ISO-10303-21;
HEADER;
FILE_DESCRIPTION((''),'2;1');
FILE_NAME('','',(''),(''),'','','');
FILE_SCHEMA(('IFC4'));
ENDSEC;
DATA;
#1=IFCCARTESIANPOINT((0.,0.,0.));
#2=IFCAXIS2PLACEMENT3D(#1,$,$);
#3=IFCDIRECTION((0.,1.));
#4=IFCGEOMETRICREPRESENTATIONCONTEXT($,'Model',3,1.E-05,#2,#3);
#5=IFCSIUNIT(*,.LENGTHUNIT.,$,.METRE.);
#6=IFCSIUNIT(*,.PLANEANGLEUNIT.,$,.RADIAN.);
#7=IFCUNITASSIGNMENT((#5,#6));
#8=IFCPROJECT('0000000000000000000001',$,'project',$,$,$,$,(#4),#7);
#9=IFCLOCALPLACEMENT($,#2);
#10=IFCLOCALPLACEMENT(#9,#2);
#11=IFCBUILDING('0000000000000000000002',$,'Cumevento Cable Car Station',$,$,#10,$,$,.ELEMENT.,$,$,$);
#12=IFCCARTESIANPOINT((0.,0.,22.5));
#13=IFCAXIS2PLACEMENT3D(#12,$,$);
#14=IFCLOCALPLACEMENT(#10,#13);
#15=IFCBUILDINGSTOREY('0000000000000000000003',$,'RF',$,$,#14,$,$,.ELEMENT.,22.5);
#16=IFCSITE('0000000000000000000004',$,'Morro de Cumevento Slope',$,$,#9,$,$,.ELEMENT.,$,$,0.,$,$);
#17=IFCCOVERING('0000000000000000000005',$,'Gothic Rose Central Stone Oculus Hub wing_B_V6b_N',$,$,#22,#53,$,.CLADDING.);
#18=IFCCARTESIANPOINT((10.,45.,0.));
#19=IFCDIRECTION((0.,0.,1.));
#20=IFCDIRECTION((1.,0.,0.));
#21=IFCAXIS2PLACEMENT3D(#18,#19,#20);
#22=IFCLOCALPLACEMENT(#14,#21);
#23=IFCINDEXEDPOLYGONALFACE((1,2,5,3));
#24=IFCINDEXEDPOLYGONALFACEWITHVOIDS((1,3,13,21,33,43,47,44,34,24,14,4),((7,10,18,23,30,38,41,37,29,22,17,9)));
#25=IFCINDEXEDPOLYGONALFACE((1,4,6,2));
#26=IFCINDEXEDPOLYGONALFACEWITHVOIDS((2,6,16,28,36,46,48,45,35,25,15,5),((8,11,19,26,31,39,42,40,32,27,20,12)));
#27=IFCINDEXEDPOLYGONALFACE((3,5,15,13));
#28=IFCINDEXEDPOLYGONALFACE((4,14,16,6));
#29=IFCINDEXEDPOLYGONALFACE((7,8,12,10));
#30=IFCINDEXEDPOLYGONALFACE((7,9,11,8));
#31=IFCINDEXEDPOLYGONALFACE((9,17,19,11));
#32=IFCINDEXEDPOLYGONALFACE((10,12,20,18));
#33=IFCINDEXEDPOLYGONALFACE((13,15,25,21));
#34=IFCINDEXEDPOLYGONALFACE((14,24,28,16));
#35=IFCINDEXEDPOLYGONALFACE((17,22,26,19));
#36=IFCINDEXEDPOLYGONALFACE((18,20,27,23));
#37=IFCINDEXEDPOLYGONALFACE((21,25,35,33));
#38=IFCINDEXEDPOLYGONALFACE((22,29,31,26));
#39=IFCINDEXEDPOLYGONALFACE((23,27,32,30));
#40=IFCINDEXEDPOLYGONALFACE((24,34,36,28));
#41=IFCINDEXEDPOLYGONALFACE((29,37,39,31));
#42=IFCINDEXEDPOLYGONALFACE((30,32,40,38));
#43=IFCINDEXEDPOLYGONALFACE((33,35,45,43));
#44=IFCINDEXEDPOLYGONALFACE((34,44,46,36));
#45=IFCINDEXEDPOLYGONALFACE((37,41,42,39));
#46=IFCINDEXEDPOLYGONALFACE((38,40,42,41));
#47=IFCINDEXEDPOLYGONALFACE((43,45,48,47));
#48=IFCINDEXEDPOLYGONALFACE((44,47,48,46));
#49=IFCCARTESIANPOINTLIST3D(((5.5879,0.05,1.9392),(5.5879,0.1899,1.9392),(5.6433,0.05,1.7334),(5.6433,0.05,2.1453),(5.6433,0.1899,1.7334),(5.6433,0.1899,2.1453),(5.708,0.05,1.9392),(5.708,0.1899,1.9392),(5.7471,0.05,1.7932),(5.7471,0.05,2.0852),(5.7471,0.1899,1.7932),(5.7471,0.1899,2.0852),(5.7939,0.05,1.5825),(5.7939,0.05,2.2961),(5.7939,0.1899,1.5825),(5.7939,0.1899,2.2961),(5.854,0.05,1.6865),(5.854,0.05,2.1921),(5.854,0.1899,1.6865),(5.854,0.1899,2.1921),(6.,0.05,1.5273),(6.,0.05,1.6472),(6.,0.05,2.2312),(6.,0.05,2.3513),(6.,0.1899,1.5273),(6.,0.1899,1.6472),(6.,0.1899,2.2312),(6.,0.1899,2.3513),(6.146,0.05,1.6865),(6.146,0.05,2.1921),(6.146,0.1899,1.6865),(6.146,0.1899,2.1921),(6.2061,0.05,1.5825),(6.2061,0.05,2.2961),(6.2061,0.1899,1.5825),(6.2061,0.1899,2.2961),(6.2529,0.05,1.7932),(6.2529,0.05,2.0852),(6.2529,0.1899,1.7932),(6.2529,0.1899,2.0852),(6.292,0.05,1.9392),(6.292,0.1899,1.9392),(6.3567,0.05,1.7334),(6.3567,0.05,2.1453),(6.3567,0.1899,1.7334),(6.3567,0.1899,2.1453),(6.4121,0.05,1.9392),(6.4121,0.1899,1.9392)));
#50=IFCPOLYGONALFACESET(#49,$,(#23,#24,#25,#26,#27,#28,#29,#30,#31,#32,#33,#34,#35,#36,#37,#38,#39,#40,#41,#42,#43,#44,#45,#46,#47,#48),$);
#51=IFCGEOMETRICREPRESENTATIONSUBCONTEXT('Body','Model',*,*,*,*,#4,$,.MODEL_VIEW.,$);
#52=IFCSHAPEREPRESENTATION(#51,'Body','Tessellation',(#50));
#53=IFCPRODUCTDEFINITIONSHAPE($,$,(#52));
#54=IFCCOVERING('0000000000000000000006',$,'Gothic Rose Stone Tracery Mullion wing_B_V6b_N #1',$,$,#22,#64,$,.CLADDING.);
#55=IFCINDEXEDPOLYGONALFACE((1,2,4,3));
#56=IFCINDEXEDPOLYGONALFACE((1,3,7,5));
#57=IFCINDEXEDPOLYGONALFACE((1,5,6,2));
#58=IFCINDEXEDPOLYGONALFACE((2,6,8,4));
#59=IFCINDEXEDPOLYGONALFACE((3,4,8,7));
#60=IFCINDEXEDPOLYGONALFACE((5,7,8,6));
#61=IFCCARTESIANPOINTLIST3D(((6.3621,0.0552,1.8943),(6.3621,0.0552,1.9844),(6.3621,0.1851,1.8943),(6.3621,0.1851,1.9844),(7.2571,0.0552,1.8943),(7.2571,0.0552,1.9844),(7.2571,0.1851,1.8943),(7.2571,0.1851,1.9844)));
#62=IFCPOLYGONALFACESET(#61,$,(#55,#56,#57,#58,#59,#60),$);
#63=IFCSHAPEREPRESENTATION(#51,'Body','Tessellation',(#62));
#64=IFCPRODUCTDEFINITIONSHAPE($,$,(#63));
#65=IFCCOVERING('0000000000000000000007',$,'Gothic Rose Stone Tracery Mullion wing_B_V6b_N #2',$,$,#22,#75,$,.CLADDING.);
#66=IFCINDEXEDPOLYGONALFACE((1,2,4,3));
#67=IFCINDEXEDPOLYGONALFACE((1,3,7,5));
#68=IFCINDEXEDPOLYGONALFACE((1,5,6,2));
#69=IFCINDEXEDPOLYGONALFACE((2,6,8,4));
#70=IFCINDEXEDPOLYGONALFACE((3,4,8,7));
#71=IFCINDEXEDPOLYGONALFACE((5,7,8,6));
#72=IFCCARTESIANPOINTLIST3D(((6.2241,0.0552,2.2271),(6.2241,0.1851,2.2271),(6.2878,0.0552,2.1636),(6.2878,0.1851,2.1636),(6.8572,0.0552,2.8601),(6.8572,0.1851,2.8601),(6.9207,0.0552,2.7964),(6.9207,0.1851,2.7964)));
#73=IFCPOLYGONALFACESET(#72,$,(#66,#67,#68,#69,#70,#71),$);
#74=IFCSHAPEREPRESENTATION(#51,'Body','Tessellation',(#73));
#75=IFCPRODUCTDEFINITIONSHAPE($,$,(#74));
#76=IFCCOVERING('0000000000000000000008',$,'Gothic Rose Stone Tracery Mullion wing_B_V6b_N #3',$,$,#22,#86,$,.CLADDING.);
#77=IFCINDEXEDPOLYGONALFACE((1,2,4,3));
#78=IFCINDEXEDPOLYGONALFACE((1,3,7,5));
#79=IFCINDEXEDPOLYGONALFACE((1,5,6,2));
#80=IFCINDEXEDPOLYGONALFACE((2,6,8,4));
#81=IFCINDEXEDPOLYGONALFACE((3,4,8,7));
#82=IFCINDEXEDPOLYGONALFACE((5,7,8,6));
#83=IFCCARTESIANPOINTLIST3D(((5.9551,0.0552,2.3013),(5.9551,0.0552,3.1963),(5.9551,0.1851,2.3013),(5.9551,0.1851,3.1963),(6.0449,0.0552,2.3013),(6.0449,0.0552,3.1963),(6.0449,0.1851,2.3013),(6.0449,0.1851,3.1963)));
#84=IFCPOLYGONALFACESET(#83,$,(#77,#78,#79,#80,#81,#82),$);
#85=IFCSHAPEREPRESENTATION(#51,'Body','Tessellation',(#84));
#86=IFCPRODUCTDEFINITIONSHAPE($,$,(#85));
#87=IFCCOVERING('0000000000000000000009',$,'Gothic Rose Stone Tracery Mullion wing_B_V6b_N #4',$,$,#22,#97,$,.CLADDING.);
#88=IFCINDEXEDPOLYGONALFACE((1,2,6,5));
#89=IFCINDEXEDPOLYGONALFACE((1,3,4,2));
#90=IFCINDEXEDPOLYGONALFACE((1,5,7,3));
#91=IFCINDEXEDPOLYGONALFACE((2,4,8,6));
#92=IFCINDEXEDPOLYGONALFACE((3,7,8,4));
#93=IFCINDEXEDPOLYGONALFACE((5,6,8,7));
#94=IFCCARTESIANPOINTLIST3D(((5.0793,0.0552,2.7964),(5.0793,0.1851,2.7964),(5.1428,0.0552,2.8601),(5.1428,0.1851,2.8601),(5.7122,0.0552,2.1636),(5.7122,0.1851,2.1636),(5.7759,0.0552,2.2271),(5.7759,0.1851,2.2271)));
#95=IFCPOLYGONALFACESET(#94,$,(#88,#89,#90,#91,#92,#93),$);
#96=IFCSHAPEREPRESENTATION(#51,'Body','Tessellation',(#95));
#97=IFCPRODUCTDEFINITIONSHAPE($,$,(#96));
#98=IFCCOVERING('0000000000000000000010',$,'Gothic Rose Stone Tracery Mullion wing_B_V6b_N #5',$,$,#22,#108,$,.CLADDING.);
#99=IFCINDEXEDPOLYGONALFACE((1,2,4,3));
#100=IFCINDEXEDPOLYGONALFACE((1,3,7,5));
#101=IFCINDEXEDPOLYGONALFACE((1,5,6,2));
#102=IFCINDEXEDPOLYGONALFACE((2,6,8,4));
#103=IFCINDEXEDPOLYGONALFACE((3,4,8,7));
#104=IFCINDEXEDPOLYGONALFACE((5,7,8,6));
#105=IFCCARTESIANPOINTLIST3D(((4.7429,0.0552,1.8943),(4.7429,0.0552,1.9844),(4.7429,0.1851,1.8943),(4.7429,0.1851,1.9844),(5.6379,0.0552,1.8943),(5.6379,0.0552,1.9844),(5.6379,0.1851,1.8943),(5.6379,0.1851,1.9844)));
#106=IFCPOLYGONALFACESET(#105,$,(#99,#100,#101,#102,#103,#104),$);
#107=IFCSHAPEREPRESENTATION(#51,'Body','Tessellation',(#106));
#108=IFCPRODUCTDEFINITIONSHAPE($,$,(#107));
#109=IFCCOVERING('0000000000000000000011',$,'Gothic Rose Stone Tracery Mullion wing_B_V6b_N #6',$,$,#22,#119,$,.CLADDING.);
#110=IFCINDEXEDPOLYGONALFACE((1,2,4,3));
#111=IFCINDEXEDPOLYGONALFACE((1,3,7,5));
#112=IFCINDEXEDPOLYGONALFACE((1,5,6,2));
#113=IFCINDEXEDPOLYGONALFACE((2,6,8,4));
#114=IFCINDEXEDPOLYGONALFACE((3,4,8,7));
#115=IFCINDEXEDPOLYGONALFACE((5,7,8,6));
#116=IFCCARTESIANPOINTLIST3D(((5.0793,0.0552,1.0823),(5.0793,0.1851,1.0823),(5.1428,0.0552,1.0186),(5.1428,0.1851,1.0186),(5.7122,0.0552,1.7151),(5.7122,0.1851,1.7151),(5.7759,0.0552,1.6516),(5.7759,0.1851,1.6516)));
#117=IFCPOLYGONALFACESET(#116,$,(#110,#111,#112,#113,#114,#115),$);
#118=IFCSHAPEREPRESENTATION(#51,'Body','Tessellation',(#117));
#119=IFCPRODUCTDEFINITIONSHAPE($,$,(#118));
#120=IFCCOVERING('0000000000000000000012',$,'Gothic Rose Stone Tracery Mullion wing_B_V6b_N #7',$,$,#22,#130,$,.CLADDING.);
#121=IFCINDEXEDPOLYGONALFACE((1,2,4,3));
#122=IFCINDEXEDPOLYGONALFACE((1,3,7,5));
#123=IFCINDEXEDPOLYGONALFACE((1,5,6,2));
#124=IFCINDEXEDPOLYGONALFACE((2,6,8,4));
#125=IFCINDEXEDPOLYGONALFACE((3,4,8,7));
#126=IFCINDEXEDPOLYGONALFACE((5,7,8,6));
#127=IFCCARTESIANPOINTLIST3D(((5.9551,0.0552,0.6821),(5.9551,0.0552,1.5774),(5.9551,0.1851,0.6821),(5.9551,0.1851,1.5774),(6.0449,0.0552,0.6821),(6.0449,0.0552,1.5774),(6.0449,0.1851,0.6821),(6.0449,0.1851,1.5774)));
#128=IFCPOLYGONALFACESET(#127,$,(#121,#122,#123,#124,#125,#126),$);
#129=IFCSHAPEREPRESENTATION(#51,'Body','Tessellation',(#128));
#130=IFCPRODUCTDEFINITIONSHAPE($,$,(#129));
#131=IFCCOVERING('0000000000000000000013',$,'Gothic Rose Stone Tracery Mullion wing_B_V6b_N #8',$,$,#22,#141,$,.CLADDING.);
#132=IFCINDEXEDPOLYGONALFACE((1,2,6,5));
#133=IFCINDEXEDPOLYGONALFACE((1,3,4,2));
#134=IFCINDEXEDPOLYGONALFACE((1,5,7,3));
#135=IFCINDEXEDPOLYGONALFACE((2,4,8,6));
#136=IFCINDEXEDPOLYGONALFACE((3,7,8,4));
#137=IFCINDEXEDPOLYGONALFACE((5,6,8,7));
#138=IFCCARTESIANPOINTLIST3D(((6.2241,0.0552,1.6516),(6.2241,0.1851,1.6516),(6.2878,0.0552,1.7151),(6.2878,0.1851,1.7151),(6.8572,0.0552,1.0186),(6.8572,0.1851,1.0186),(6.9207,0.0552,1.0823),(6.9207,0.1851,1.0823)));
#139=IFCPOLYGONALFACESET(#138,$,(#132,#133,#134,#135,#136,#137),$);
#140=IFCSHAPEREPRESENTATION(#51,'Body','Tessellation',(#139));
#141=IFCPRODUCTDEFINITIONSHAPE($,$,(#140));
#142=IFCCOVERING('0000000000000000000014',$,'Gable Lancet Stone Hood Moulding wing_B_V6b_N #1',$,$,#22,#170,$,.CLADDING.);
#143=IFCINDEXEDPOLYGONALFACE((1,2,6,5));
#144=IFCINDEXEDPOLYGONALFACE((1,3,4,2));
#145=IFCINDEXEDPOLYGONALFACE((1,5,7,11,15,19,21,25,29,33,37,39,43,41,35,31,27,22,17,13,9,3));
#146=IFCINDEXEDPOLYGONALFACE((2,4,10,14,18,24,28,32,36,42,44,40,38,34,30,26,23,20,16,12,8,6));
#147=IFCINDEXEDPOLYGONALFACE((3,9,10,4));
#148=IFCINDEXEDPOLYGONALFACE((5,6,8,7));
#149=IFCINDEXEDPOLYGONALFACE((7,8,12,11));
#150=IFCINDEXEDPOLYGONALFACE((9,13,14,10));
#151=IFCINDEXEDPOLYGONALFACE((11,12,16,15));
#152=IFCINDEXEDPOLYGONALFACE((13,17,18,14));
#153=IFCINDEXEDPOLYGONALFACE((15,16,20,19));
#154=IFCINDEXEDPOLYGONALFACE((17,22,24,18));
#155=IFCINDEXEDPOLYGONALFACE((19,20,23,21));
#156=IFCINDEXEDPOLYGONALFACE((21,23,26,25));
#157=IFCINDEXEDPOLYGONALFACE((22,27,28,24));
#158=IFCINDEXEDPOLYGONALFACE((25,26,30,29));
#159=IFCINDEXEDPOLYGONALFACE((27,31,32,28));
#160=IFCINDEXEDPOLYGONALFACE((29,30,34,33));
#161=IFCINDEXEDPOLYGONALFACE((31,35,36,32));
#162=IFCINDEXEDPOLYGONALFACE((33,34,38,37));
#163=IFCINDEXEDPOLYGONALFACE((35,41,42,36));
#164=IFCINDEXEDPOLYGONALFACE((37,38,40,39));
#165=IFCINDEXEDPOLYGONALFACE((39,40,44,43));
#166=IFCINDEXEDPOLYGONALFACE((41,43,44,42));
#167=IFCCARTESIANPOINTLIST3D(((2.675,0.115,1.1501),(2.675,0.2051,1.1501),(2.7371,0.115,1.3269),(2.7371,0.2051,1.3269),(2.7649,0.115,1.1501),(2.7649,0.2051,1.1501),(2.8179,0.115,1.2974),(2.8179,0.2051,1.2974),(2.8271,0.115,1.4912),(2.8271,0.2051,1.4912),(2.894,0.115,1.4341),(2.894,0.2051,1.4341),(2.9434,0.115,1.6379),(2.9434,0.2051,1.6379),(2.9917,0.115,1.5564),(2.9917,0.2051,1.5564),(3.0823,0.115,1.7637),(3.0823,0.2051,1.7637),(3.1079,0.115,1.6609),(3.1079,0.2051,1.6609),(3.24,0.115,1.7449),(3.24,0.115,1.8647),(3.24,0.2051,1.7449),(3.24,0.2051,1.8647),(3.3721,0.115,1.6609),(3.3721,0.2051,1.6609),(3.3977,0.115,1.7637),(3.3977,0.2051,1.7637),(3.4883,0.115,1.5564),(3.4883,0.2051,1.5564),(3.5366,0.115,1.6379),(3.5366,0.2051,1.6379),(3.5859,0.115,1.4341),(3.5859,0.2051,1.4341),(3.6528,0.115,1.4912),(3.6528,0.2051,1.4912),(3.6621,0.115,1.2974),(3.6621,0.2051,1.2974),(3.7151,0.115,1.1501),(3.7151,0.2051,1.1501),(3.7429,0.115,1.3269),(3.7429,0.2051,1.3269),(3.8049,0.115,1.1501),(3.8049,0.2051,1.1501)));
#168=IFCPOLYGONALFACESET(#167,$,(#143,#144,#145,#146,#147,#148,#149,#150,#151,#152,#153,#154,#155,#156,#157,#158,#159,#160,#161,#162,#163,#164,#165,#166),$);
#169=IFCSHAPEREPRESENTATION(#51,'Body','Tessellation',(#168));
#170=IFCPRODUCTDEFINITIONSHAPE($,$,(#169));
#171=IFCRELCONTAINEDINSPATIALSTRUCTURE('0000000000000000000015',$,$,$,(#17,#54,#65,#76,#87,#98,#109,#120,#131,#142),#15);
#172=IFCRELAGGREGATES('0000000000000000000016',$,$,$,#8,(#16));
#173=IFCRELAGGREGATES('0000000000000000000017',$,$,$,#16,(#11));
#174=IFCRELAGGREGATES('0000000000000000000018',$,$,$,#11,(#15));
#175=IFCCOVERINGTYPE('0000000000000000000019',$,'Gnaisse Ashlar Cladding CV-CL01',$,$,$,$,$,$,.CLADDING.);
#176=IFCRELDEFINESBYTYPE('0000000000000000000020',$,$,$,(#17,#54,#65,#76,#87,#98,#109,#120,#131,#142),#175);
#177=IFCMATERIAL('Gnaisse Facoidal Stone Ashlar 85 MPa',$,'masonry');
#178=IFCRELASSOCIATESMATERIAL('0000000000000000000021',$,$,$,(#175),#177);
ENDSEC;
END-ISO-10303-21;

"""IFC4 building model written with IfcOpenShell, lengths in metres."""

from ifc_helpers import new_model, si_unit, direction, frame, origin, place, context, subcontext, project, spatial, polyline, outline, extrude, material, type_object, element, save


model = new_model("IFC4")

# Units and contexts
model_context = context("Model", 3, precision=1e-05, world=origin(), true_north=direction((0.0, 1.0)))
body_context = subcontext(model_context, "Body", "Model", "MODEL_VIEW")
ifc_project = project(units=[si_unit("LENGTHUNIT", "METRE"), si_unit("PLANEANGLEUNIT", "RADIAN")], contexts=[model_context])

# Site, building, storey
site_placement = place(None, origin())
site = spatial("IfcSite", under=ifc_project, at=site_placement, Name="Morro de Cumevento Slope", CompositionType="ELEMENT", RefElevation=0.0)
building_placement = place(site_placement, origin())
building = spatial("IfcBuilding", under=site, at=building_placement, Name="Cumevento Cable Car Station", CompositionType="ELEMENT")
storey_placement = place(building_placement, frame((0.0, 0.0, 22.5)))
storey = spatial("IfcBuildingStorey", under=building, at=storey_placement, Name="RF", CompositionType="ELEMENT", Elevation=22.5)

# Coverings
ifc_material_1 = material(Name="Gnaisse Facoidal Stone Ashlar 85 MPa", Category="masonry")
covering_type_1 = type_object("IfcCoveringType", Name="Gnaisse Ashlar Cladding CV-CL01", PredefinedType="CLADDING", material=ifc_material_1)
placement = place(storey_placement, frame((10.0, 45.0, 0.0), z_axis=(0.0, 0.0, 1.0), x_axis=(1.0, 0.0, 0.0)))
element("IfcCovering", 1, at=placement, inside=storey, type_object=covering_type_1, Name="Gothic Rose Central Stone Oculus Hub wing_B_V6b_N", PredefinedType="CLADDING", context=body_context, shape_type="SweptSolid", body=[
    extrude(outline(polyline([(6.4121, 1.9392), (6.3567, 2.1453), (6.2061, 2.2961), (6.0, 2.3513), (5.7939, 2.2961), (5.6433, 2.1453), (5.5879, 1.9392), (5.6433, 1.7334), (5.7939, 1.5825), (6.0, 1.5273), (6.2061, 1.5825), (6.3567, 1.7334), (6.4121, 1.9392)]), holes=[polyline([(6.292, 1.9392), (6.2529, 2.0852), (6.146, 2.1921), (6.0, 2.2312), (5.854, 2.1921), (5.7471, 2.0852), (5.708, 1.9392), (5.7471, 1.7932), (5.854, 1.6865), (6.0, 1.6472), (6.146, 1.6865), (6.2529, 1.7932), (6.292, 1.9392)])]), frame((0.0, 0.1899, 0.0), z_axis=(0.0, -1.0, 0.0), x_axis=(1.0, 0.0, 0.0)), (0.0, 0.0, 1.0), 0.1399),
])
element("IfcCovering", 2, at=placement, inside=storey, type_object=covering_type_1, Name="Gothic Rose Stone Tracery Mullion wing_B_V6b_N #1", PredefinedType="CLADDING", context=body_context, shape_type="SweptSolid", body=[
    extrude(outline(polyline([(6.3621, 1.9844), (7.2571, 1.9844), (7.2571, 1.8943), (6.3621, 1.8943), (6.3621, 1.9844)])), frame((0.0, 0.1851, 0.0), z_axis=(0.0, -1.0, 0.0), x_axis=(1.0, 0.0, 0.0)), (0.0, 0.0, 1.0), 0.1299),
])
element("IfcCovering", 3, at=placement, inside=storey, type_object=covering_type_1, Name="Gothic Rose Stone Tracery Mullion wing_B_V6b_N #2", PredefinedType="CLADDING", context=body_context, shape_type="SweptSolid", body=[
    extrude(outline(polyline([(6.2241, 2.2271), (6.8572, 2.8601), (6.9207, 2.7964), (6.2878, 2.1636), (6.2241, 2.2271)])), frame((0.0, 0.1851, 0.0), z_axis=(0.0, -1.0, 0.0), x_axis=(1.0, 0.0, 0.0)), (0.0, 0.0, 1.0), 0.1299),
])
element("IfcCovering", 4, at=placement, inside=storey, type_object=covering_type_1, Name="Gothic Rose Stone Tracery Mullion wing_B_V6b_N #3", PredefinedType="CLADDING", context=body_context, shape_type="SweptSolid", body=[
    extrude(outline(polyline([(5.9551, 2.3013), (5.9551, 3.1963), (6.0449, 3.1963), (6.0449, 2.3013), (5.9551, 2.3013)])), frame((0.0, 0.1851, 0.0), z_axis=(0.0, -1.0, 0.0), x_axis=(1.0, 0.0, 0.0)), (0.0, 0.0, 1.0), 0.1299),
])
element("IfcCovering", 5, at=placement, inside=storey, type_object=covering_type_1, Name="Gothic Rose Stone Tracery Mullion wing_B_V6b_N #4", PredefinedType="CLADDING", context=body_context, shape_type="SweptSolid", body=[
    extrude(outline(polyline([(5.7122, 2.1636), (5.0793, 2.7964), (5.1428, 2.8601), (5.7759, 2.2271), (5.7122, 2.1636)])), frame((0.0, 0.1851, 0.0), z_axis=(0.0, -1.0, 0.0), x_axis=(1.0, 0.0, 0.0)), (0.0, 0.0, 1.0), 0.1299),
])
element("IfcCovering", 6, at=placement, inside=storey, type_object=covering_type_1, Name="Gothic Rose Stone Tracery Mullion wing_B_V6b_N #5", PredefinedType="CLADDING", context=body_context, shape_type="SweptSolid", body=[
    extrude(outline(polyline([(5.6379, 1.8943), (4.7429, 1.8943), (4.7429, 1.9844), (5.6379, 1.9844), (5.6379, 1.8943)])), frame((0.0, 0.1851, 0.0), z_axis=(0.0, -1.0, 0.0), x_axis=(1.0, 0.0, 0.0)), (0.0, 0.0, 1.0), 0.1299),
])
element("IfcCovering", 7, at=placement, inside=storey, type_object=covering_type_1, Name="Gothic Rose Stone Tracery Mullion wing_B_V6b_N #6", PredefinedType="CLADDING", context=body_context, shape_type="SweptSolid", body=[
    extrude(outline(polyline([(5.7759, 1.6516), (5.1428, 1.0186), (5.0793, 1.0823), (5.7122, 1.7151), (5.7759, 1.6516)])), frame((0.0, 0.1851, 0.0), z_axis=(0.0, -1.0, 0.0), x_axis=(1.0, 0.0, 0.0)), (0.0, 0.0, 1.0), 0.1299),
])
element("IfcCovering", 8, at=placement, inside=storey, type_object=covering_type_1, Name="Gothic Rose Stone Tracery Mullion wing_B_V6b_N #7", PredefinedType="CLADDING", context=body_context, shape_type="SweptSolid", body=[
    extrude(outline(polyline([(6.0449, 1.5774), (6.0449, 0.6821), (5.9551, 0.6821), (5.9551, 1.5774), (6.0449, 1.5774)])), frame((0.0, 0.1851, 0.0), z_axis=(0.0, -1.0, 0.0), x_axis=(1.0, 0.0, 0.0)), (0.0, 0.0, 1.0), 0.1299),
])
element("IfcCovering", 9, at=placement, inside=storey, type_object=covering_type_1, Name="Gothic Rose Stone Tracery Mullion wing_B_V6b_N #8", PredefinedType="CLADDING", context=body_context, shape_type="SweptSolid", body=[
    extrude(outline(polyline([(6.2878, 1.7151), (6.9207, 1.0823), (6.8572, 1.0186), (6.2241, 1.6516), (6.2878, 1.7151)])), frame((0.0, 0.1851, 0.0), z_axis=(0.0, -1.0, 0.0), x_axis=(1.0, 0.0, 0.0)), (0.0, 0.0, 1.0), 0.1299),
])
element("IfcCovering", 10, at=placement, inside=storey, type_object=covering_type_1, Name="Gable Lancet Stone Hood Moulding wing_B_V6b_N #1", PredefinedType="CLADDING", context=body_context, shape_type="SweptSolid", body=[
    extrude(outline(polyline([(2.7649, 1.1501), (2.8179, 1.2974), (2.894, 1.4341), (2.9917, 1.5564), (3.1079, 1.6609), (3.24, 1.7449), (3.3721, 1.6609), (3.4883, 1.5564), (3.5859, 1.4341), (3.6621, 1.2974), (3.7151, 1.1501), (3.8049, 1.1501), (3.7429, 1.3269), (3.6528, 1.4912), (3.5366, 1.6379), (3.3977, 1.7637), (3.24, 1.8647), (3.0823, 1.7637), (2.9434, 1.6379), (2.8271, 1.4912), (2.7371, 1.3269), (2.675, 1.1501), (2.7649, 1.1501)])), frame((0.0, 0.2051, 0.0), z_axis=(0.0, -1.0, 0.0), x_axis=(1.0, 0.0, 0.0)), (0.0, 0.0, 1.0), 0.0901),
])

save(model, "model.ifc")
